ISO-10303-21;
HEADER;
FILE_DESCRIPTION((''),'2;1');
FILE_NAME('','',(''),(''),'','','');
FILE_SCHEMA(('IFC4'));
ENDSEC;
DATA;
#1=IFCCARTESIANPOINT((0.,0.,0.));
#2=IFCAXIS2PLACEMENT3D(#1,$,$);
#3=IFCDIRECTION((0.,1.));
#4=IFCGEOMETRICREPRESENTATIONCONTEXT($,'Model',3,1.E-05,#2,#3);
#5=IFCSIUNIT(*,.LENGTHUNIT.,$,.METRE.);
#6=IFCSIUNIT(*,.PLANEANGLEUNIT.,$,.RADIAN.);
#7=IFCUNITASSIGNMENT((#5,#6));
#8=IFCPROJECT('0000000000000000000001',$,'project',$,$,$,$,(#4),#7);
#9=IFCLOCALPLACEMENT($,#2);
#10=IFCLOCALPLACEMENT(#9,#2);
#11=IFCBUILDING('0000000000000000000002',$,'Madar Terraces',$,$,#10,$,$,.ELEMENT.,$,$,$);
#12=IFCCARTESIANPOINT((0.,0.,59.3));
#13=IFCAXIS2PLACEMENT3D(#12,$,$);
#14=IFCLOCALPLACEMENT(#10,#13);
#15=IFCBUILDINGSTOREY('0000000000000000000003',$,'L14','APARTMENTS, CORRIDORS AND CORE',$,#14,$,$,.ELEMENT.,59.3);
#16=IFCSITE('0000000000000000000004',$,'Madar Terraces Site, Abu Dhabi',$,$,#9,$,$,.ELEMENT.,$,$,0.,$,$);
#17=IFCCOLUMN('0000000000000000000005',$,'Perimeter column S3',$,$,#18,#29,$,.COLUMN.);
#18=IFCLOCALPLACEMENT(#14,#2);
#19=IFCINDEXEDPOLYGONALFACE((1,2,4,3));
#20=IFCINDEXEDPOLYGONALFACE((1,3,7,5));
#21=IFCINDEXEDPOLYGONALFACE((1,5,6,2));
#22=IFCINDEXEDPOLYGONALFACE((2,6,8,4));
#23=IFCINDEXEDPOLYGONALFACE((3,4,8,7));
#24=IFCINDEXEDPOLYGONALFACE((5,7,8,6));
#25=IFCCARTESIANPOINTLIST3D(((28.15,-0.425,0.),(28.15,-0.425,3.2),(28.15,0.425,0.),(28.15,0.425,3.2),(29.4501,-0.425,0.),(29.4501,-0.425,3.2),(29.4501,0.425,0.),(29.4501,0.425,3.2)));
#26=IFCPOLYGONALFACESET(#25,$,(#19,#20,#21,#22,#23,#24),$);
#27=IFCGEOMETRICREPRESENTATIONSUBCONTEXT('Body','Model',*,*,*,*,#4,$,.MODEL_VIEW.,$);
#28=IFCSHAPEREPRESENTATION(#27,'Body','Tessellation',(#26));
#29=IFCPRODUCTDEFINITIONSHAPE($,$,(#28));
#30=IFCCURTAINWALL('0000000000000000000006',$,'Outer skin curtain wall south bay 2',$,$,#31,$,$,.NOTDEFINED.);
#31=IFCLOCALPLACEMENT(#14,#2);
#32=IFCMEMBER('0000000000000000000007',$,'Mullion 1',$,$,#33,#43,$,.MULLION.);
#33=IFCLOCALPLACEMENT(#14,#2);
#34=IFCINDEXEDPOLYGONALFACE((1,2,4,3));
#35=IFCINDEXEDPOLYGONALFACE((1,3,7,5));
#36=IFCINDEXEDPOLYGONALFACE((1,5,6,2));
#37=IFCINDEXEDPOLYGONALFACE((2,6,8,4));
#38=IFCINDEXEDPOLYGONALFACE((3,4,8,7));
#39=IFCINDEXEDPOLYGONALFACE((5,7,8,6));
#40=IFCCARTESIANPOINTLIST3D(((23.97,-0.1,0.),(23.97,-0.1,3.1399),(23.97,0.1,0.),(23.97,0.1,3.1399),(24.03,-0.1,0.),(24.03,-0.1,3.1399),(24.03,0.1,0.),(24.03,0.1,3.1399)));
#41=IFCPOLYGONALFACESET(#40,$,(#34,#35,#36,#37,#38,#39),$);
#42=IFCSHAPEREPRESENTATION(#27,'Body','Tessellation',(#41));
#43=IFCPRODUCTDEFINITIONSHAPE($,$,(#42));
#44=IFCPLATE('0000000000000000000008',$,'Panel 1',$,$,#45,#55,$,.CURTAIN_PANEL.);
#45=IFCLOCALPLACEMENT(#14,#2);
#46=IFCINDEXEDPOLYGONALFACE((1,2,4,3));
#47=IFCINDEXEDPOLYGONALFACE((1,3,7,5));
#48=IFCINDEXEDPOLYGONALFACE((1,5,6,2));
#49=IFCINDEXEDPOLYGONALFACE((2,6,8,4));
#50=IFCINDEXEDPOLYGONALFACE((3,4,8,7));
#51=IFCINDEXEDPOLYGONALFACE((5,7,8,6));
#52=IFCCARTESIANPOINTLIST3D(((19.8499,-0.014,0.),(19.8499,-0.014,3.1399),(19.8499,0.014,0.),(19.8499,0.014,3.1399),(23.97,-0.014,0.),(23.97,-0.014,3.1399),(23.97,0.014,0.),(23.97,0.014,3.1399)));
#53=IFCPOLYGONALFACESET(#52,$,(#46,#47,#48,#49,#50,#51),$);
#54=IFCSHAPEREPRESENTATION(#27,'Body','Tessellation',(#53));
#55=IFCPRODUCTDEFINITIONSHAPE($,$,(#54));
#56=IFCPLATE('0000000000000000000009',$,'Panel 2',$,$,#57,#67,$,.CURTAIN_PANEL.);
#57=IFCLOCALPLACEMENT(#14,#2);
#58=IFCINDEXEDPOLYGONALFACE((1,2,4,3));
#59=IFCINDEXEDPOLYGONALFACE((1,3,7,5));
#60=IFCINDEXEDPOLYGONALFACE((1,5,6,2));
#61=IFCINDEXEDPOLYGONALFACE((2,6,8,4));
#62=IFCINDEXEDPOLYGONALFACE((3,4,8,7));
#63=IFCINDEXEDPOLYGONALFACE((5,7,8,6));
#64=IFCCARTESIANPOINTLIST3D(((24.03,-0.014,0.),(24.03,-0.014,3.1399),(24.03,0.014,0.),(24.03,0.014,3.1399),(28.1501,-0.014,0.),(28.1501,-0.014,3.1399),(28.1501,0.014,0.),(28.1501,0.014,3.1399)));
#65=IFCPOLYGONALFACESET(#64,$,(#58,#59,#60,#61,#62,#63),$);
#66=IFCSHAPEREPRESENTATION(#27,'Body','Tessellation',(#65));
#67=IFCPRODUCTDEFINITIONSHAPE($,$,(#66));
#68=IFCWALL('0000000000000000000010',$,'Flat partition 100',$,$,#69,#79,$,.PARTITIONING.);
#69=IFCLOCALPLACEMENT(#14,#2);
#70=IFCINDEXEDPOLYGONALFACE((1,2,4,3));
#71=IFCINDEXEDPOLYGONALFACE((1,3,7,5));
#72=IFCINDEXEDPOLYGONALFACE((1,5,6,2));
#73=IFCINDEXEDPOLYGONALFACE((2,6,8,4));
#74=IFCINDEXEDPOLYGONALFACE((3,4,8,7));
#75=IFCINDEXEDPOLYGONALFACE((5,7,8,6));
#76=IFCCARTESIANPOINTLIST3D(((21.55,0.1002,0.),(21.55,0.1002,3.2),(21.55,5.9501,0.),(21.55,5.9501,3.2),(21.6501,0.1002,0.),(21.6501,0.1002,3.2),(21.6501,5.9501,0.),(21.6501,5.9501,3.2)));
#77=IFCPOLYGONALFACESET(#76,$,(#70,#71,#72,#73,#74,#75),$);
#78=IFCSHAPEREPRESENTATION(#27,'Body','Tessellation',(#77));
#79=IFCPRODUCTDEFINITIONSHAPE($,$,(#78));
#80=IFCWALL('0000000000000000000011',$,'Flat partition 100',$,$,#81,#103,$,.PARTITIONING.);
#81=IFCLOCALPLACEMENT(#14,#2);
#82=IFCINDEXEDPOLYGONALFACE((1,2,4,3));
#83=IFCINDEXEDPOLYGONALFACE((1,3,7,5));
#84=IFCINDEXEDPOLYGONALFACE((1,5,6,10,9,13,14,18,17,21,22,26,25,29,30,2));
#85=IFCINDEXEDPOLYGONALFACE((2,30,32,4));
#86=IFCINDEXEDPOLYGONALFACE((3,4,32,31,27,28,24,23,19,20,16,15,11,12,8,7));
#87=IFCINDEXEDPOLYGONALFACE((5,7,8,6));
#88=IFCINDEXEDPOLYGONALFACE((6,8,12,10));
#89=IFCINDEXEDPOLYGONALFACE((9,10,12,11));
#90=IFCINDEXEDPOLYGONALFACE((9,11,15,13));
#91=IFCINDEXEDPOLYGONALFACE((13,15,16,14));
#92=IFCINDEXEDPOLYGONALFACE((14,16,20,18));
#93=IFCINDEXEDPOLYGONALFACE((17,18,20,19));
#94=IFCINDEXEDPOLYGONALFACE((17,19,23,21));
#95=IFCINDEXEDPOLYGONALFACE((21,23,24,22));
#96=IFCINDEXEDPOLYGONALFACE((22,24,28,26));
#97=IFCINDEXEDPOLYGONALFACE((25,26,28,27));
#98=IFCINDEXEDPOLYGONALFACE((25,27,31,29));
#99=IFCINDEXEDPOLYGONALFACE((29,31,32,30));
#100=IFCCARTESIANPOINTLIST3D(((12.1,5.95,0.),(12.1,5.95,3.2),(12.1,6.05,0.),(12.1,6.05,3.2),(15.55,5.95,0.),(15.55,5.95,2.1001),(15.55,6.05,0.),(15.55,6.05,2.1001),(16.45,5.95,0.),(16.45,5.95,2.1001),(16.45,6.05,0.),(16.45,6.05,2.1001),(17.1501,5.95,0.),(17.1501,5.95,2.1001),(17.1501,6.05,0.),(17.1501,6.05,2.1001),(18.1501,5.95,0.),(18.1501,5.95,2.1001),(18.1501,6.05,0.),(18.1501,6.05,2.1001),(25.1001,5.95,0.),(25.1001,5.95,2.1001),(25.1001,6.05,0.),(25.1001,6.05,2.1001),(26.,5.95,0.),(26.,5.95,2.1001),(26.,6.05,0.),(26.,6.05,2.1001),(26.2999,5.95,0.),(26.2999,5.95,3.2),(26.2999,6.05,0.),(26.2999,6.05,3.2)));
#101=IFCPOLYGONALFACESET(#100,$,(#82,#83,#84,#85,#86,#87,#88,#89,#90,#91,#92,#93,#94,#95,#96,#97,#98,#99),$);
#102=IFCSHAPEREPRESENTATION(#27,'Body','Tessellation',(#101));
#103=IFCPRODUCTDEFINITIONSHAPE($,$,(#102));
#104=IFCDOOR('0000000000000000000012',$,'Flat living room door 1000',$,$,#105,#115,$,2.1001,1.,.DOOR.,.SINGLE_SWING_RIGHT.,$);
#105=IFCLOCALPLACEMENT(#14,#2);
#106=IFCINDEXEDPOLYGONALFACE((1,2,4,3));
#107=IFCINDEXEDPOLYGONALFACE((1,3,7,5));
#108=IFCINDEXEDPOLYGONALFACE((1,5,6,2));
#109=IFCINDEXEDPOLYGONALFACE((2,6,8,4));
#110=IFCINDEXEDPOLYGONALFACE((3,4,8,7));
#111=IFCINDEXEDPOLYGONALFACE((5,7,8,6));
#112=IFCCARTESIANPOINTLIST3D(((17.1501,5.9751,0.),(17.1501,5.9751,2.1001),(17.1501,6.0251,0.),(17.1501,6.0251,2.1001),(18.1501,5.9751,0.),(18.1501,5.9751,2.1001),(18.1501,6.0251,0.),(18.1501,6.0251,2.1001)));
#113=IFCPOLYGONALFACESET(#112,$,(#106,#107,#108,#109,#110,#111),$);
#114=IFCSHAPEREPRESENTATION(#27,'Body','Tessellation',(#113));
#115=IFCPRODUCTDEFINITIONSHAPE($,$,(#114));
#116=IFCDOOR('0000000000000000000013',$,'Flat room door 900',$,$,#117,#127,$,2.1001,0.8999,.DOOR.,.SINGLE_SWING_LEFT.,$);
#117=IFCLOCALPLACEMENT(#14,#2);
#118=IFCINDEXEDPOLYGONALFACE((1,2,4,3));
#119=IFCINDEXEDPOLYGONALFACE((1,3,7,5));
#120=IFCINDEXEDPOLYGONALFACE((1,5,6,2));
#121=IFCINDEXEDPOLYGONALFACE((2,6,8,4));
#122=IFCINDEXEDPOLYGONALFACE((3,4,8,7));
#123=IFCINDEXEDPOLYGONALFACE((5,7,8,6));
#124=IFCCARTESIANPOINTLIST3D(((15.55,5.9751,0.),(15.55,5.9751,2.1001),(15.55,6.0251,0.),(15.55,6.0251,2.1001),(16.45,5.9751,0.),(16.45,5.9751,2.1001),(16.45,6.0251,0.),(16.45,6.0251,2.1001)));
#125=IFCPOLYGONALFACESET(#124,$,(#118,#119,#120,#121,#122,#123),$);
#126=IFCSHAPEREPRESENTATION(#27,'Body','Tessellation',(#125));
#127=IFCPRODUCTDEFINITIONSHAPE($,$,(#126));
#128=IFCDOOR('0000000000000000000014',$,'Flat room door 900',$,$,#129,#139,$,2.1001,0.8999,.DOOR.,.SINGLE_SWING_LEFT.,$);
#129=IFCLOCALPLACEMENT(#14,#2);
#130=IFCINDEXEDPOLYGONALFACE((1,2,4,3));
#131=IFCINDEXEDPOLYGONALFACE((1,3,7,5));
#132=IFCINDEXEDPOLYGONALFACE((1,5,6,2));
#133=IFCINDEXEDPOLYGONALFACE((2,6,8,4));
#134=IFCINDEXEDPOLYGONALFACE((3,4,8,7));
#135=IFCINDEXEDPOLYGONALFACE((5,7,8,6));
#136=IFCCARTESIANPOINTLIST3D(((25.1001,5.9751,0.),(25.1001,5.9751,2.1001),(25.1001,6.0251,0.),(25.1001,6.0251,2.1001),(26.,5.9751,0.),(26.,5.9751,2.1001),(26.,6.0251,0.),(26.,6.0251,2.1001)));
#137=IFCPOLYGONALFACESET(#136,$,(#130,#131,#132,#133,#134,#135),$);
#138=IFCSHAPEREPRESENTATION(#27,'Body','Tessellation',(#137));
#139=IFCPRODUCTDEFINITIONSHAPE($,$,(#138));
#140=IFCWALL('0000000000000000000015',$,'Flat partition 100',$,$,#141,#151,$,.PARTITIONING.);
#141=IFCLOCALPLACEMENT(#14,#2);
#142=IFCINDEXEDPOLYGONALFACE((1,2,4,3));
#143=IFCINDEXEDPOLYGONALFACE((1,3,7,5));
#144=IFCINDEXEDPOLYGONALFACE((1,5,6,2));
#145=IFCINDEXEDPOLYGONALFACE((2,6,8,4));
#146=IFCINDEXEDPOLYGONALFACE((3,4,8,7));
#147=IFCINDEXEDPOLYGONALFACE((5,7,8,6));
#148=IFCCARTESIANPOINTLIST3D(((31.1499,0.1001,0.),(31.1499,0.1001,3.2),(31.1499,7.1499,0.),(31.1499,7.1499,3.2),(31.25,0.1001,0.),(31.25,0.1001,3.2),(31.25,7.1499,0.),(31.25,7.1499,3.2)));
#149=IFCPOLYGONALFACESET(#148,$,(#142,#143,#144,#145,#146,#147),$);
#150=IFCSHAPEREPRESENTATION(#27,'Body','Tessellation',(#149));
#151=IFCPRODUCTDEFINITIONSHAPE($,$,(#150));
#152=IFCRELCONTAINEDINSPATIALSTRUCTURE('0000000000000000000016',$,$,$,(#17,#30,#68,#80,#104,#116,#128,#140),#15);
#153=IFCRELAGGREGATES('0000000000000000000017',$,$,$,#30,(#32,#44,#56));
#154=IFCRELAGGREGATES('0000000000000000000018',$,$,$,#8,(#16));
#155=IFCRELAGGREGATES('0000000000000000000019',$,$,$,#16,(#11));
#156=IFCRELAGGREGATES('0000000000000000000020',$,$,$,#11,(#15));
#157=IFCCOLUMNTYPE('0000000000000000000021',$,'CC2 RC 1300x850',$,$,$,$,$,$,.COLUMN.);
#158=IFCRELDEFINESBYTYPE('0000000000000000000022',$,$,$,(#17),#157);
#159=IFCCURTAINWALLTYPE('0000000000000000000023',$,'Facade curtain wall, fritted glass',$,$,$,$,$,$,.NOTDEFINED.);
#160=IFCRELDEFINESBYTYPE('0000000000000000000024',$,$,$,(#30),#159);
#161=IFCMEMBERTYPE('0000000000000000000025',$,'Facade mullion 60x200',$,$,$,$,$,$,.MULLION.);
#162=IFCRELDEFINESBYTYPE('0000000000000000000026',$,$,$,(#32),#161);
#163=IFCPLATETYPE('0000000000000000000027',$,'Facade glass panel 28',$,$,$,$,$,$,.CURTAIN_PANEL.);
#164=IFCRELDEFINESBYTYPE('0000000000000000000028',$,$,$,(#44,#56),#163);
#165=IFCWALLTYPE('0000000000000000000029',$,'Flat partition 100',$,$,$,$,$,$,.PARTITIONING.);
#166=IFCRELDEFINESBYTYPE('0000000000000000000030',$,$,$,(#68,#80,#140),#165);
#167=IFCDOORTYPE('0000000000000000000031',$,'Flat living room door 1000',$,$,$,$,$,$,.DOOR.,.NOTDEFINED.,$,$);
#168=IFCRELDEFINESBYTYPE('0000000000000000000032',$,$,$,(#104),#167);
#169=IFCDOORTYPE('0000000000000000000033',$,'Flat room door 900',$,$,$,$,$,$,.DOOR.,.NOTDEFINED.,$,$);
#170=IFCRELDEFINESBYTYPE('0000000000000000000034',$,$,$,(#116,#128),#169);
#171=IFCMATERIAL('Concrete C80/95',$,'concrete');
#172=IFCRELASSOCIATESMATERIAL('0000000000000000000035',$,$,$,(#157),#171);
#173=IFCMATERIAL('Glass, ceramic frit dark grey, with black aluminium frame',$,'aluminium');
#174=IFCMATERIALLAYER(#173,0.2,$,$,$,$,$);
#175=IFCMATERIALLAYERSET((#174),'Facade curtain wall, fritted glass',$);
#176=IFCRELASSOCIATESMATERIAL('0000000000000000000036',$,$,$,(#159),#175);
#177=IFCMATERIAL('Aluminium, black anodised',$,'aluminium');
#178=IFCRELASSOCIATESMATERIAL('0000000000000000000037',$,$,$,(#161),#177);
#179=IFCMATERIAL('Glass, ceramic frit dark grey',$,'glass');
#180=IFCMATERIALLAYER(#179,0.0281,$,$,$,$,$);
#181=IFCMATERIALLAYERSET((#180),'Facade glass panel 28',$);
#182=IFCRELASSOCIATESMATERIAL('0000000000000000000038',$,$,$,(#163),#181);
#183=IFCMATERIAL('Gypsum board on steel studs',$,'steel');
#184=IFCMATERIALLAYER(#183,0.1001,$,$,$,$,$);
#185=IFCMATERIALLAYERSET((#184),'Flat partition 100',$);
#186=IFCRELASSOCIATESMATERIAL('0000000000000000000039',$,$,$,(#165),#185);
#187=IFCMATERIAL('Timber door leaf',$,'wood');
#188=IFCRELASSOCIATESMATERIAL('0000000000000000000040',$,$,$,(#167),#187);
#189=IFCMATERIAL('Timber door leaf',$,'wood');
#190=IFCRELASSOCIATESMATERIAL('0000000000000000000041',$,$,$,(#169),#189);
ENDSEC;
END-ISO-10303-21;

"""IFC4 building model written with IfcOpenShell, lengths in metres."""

from ifc_helpers import new_model, si_unit, direction, frame, frame_2d, origin, origin_2d, place, context, subcontext, project, spatial, rectangle, extrude, material, layer, layer_set, material_profile, profile_set, type_object, element, fill, aggregate, save


model = new_model("IFC4")

# Units and contexts
model_context = context("Model", 3, precision=1e-05, world=origin(), true_north=direction((0.0, 1.0)))
body_context = subcontext(model_context, "Body", "Model", "MODEL_VIEW")
ifc_project = project(units=[si_unit("LENGTHUNIT", "METRE"), si_unit("PLANEANGLEUNIT", "RADIAN")], contexts=[model_context])

# Site, building, storey
site_placement = place(None, origin())
site = spatial("IfcSite", under=ifc_project, at=site_placement, Name="Madar Terraces Site, Abu Dhabi", CompositionType="ELEMENT", RefElevation=0.0)
building_placement = place(site_placement, origin())
building = spatial("IfcBuilding", under=site, at=building_placement, Name="Madar Terraces", CompositionType="ELEMENT")
storey_placement = place(building_placement, frame((0.0, 0.0, 59.3)))
storey = spatial("IfcBuildingStorey", under=building, at=storey_placement, Name="L14", Description="APARTMENTS, CORRIDORS AND CORE", CompositionType="ELEMENT", Elevation=59.3)

# Column
ifc_material_1 = material(Name="Concrete C80/95", Category="concrete")
ifc_material_profile_1 = material_profile(ifc_material_1, rectangle(XDim=1.3, YDim=0.8501, at=origin_2d()), Name="CC2 RC 1300x850")
ifc_profile_set_1 = profile_set([ifc_material_profile_1], Name="Concrete C80/95")
column_type = type_object("IfcColumnType", Name="CC2 RC 1300x850", PredefinedType="COLUMN", material=ifc_profile_set_1)
column_placement = place(storey_placement, frame((28.8, 0.0, 0.0), z_axis=(0.0, 0.0, 1.0), x_axis=(1.0, 0.0, 0.0)))
element("IfcColumn", 1, at=column_placement, inside=storey, type_object=column_type, Name="Perimeter column S3", PredefinedType="COLUMN", context=body_context, shape_type="SweptSolid", body=[
    extrude(rectangle(XDim=1.3, YDim=0.8501, at=origin_2d()), origin(), (0.0, 0.0, 1.0), 3.2),
])

# Curtain wall, member, plates
ifc_material_2 = material(Name="Glass, ceramic frit dark grey, with black aluminium frame", Category="aluminium")
ifc_layer_1 = layer(ifc_material_2, 0.2)
ifc_layer_set_1 = layer_set([ifc_layer_1], Name="Facade curtain wall, fritted glass")
curtain_wall_type = type_object("IfcCurtainWallType", Name="Facade curtain wall, fritted glass", PredefinedType="NOTDEFINED", material=ifc_layer_set_1)
curtain_wall_placement = place(storey_placement, origin())
curtain_wall = element("IfcCurtainWall", 2, at=curtain_wall_placement, inside=storey, type_object=curtain_wall_type, Name="Outer skin curtain wall south bay 2", PredefinedType="NOTDEFINED")
ifc_material_3 = material(Name="Aluminium, black anodised", Category="aluminium")
ifc_material_profile_2 = material_profile(ifc_material_3, rectangle(XDim=0.2, YDim=0.0601, at=origin_2d()), Name="Facade mullion 60x200")
ifc_profile_set_2 = profile_set([ifc_material_profile_2], Name="Aluminium, black anodised")
member_type = type_object("IfcMemberType", Name="Facade mullion 60x200", PredefinedType="MULLION", material=ifc_profile_set_2)
member_placement = place(storey_placement, frame((24.0, 0.0, 0.0), z_axis=(0.0, 0.0, 1.0), x_axis=(0.0, 1.0, 0.0)))
member = element("IfcMember", 3, at=member_placement, type_object=member_type, Name="Mullion 1", PredefinedType="MULLION", context=body_context, shape_type="SweptSolid", body=[
    extrude(rectangle(XDim=0.2, YDim=0.0601, at=origin_2d()), origin(), (0.0, 0.0, 1.0), 3.1399),
])
ifc_material_4 = material(Name="Glass, ceramic frit dark grey", Category="glass")
ifc_layer_2 = layer(ifc_material_4, 0.0281)
ifc_layer_set_2 = layer_set([ifc_layer_2], Name="Facade glass panel 28")
plate_type = type_object("IfcPlateType", Name="Facade glass panel 28", PredefinedType="CURTAIN_PANEL", material=ifc_layer_set_2)
plate_1_placement = place(storey_placement, frame((21.9099, 0.0, 0.0), z_axis=(0.0, 0.0, 1.0), x_axis=(1.0, 0.0, 0.0)))
plate_1 = element("IfcPlate", 4, at=plate_1_placement, type_object=plate_type, Name="Panel 1", PredefinedType="CURTAIN_PANEL", context=body_context, shape_type="SweptSolid", body=[
    extrude(rectangle(XDim=4.1201, YDim=0.0281, at=origin_2d()), origin(), (0.0, 0.0, 1.0), 3.1399),
])
plate_2_placement = place(storey_placement, frame((26.0901, 0.0, 0.0), z_axis=(0.0, 0.0, 1.0), x_axis=(1.0, 0.0, 0.0)))
plate_2 = element("IfcPlate", 5, at=plate_2_placement, type_object=plate_type, Name="Panel 2", PredefinedType="CURTAIN_PANEL", context=body_context, shape_type="SweptSolid", body=[
    extrude(rectangle(XDim=4.1201, YDim=0.0281, at=origin_2d()), origin(), (0.0, 0.0, 1.0), 3.1399),
])
aggregate(curtain_wall, [member, plate_1, plate_2])

# Wall
ifc_material_5 = material(Name="Gypsum board on steel studs", Category="steel")
ifc_layer_3 = layer(ifc_material_5, 0.1001)
ifc_layer_set_3 = layer_set([ifc_layer_3], Name="Flat partition 100")
wall_type_1 = type_object("IfcWallType", Name="Flat partition 100", PredefinedType="PARTITIONING", material=ifc_layer_set_3)
wall_1_placement = place(storey_placement, frame((21.6001, 5.95, 0.0), z_axis=(0.0, 0.0, 1.0), x_axis=(0.0, -1.0, 0.0)))
element("IfcWall", 6, at=wall_1_placement, inside=storey, type_object=wall_type_1, Name="Flat partition 100", PredefinedType="PARTITIONING", context=body_context, shape_type="SweptSolid", body=[
    extrude(rectangle(XDim=5.8499, YDim=0.1001, at=frame_2d((2.9248, 0.0))), origin(), (0.0, 0.0, 1.0), 3.2),
])

# Wall, openings, doors
wall_2_placement = place(storey_placement, frame((26.3, 6.0, 0.0), z_axis=(0.0, 0.0, 1.0), x_axis=(-1.0, 0.0, 0.0)))
wall_2 = element("IfcWall", 7, at=wall_2_placement, inside=storey, type_object=wall_type_1, Name="Flat partition 100", PredefinedType="PARTITIONING", context=body_context, shape_type="SweptSolid", body=[
    extrude(rectangle(XDim=14.2, YDim=0.1001, at=frame_2d((7.1001, 0.0))), origin(), (0.0, 0.0, 1.0), 3.2),
])
opening_1_placement = place(wall_2_placement, frame((9.8501, 0.0, 0.0)))
opening_1 = element("IfcOpeningElement", 8, at=opening_1_placement, cuts=wall_2, PredefinedType="OPENING", context=body_context, shape_type="SweptSolid", body=[
    extrude(rectangle(XDim=0.8999, YDim=2.1001, at=frame_2d((0.45, 1.05))), frame((0.0, 0.0601, 0.0), z_axis=(0.0, -1.0, 0.0), x_axis=(1.0, 0.0, 0.0)), (0.0, 0.0, 1.0), 0.1201),
])
opening_2_placement = place(wall_2_placement, frame((8.1499, 0.0, 0.0)))
opening_2 = element("IfcOpeningElement", 9, at=opening_2_placement, cuts=wall_2, PredefinedType="OPENING", context=body_context, shape_type="SweptSolid", body=[
    extrude(rectangle(XDim=1.0, YDim=2.1001, at=frame_2d((0.5, 1.05))), frame((0.0, 0.0601, 0.0), z_axis=(0.0, -1.0, 0.0), x_axis=(1.0, 0.0, 0.0)), (0.0, 0.0, 1.0), 0.1201),
])
opening_3_placement = place(wall_2_placement, frame((0.3, 0.0, 0.0)))
opening_3 = element("IfcOpeningElement", 10, at=opening_3_placement, cuts=wall_2, PredefinedType="OPENING", context=body_context, shape_type="SweptSolid", body=[
    extrude(rectangle(XDim=0.8999, YDim=2.1001, at=frame_2d((0.45, 1.05))), frame((0.0, 0.0601, 0.0), z_axis=(0.0, -1.0, 0.0), x_axis=(1.0, 0.0, 0.0)), (0.0, 0.0, 1.0), 0.1201),
])
ifc_material_6 = material(Name="Timber door leaf", Category="wood")
door_type_1 = type_object("IfcDoorType", Name="Flat living room door 1000", OperationType="NOTDEFINED", PredefinedType="DOOR", material=ifc_material_6)
door_1_placement = place(opening_2_placement, origin())
door_1 = element("IfcDoor", 11, at=door_1_placement, inside=storey, type_object=door_type_1, Name="Flat living room door 1000", OperationType="SINGLE_SWING_RIGHT", OverallHeight=2.1001, OverallWidth=1.0, PredefinedType="DOOR", context=body_context, shape_type="SweptSolid", body=[
    extrude(rectangle(XDim=1.0, YDim=2.1001, at=frame_2d((0.5, 1.05))), frame((0.0, 0.0249, 0.0), z_axis=(0.0, -1.0, 0.0), x_axis=(1.0, 0.0, 0.0)), (0.0, 0.0, 1.0), 0.05),
])
fill(opening_2, door_1)
ifc_material_7 = material(Name="Timber door leaf", Category="wood")
door_type_2 = type_object("IfcDoorType", Name="Flat room door 900", OperationType="NOTDEFINED", PredefinedType="DOOR", material=ifc_material_7)
door_2_placement = place(opening_1_placement, origin())
door_2 = element("IfcDoor", 12, at=door_2_placement, inside=storey, type_object=door_type_2, Name="Flat room door 900", OperationType="SINGLE_SWING_LEFT", OverallHeight=2.1001, OverallWidth=0.8999, PredefinedType="DOOR", context=body_context, shape_type="SweptSolid", body=[
    extrude(rectangle(XDim=0.8999, YDim=2.1001, at=frame_2d((0.45, 1.05))), frame((0.0, 0.0249, 0.0), z_axis=(0.0, -1.0, 0.0), x_axis=(1.0, 0.0, 0.0)), (0.0, 0.0, 1.0), 0.05),
])
fill(opening_1, door_2)
door_3_placement = place(opening_3_placement, origin())
door_3 = element("IfcDoor", 13, at=door_3_placement, inside=storey, type_object=door_type_2, Name="Flat room door 900", OperationType="SINGLE_SWING_LEFT", OverallHeight=2.1001, OverallWidth=0.8999, PredefinedType="DOOR", context=body_context, shape_type="SweptSolid", body=[
    extrude(rectangle(XDim=0.8999, YDim=2.1001, at=frame_2d((0.45, 1.05))), frame((0.0, 0.0249, 0.0), z_axis=(0.0, -1.0, 0.0), x_axis=(1.0, 0.0, 0.0)), (0.0, 0.0, 1.0), 0.05),
])
fill(opening_3, door_3)

# Wall
wall_3_placement = place(storey_placement, frame((31.2, 7.1499, 0.0), z_axis=(0.0, 0.0, 1.0), x_axis=(0.0, -1.0, 0.0)))
element("IfcWall", 14, at=wall_3_placement, inside=storey, type_object=wall_type_1, Name="Flat partition 100", PredefinedType="PARTITIONING", context=body_context, shape_type="SweptSolid", body=[
    extrude(rectangle(XDim=7.0498, YDim=0.1001, at=frame_2d((3.5249, 0.0))), origin(), (0.0, 0.0, 1.0), 3.2),
])

save(model, "model.ifc")
